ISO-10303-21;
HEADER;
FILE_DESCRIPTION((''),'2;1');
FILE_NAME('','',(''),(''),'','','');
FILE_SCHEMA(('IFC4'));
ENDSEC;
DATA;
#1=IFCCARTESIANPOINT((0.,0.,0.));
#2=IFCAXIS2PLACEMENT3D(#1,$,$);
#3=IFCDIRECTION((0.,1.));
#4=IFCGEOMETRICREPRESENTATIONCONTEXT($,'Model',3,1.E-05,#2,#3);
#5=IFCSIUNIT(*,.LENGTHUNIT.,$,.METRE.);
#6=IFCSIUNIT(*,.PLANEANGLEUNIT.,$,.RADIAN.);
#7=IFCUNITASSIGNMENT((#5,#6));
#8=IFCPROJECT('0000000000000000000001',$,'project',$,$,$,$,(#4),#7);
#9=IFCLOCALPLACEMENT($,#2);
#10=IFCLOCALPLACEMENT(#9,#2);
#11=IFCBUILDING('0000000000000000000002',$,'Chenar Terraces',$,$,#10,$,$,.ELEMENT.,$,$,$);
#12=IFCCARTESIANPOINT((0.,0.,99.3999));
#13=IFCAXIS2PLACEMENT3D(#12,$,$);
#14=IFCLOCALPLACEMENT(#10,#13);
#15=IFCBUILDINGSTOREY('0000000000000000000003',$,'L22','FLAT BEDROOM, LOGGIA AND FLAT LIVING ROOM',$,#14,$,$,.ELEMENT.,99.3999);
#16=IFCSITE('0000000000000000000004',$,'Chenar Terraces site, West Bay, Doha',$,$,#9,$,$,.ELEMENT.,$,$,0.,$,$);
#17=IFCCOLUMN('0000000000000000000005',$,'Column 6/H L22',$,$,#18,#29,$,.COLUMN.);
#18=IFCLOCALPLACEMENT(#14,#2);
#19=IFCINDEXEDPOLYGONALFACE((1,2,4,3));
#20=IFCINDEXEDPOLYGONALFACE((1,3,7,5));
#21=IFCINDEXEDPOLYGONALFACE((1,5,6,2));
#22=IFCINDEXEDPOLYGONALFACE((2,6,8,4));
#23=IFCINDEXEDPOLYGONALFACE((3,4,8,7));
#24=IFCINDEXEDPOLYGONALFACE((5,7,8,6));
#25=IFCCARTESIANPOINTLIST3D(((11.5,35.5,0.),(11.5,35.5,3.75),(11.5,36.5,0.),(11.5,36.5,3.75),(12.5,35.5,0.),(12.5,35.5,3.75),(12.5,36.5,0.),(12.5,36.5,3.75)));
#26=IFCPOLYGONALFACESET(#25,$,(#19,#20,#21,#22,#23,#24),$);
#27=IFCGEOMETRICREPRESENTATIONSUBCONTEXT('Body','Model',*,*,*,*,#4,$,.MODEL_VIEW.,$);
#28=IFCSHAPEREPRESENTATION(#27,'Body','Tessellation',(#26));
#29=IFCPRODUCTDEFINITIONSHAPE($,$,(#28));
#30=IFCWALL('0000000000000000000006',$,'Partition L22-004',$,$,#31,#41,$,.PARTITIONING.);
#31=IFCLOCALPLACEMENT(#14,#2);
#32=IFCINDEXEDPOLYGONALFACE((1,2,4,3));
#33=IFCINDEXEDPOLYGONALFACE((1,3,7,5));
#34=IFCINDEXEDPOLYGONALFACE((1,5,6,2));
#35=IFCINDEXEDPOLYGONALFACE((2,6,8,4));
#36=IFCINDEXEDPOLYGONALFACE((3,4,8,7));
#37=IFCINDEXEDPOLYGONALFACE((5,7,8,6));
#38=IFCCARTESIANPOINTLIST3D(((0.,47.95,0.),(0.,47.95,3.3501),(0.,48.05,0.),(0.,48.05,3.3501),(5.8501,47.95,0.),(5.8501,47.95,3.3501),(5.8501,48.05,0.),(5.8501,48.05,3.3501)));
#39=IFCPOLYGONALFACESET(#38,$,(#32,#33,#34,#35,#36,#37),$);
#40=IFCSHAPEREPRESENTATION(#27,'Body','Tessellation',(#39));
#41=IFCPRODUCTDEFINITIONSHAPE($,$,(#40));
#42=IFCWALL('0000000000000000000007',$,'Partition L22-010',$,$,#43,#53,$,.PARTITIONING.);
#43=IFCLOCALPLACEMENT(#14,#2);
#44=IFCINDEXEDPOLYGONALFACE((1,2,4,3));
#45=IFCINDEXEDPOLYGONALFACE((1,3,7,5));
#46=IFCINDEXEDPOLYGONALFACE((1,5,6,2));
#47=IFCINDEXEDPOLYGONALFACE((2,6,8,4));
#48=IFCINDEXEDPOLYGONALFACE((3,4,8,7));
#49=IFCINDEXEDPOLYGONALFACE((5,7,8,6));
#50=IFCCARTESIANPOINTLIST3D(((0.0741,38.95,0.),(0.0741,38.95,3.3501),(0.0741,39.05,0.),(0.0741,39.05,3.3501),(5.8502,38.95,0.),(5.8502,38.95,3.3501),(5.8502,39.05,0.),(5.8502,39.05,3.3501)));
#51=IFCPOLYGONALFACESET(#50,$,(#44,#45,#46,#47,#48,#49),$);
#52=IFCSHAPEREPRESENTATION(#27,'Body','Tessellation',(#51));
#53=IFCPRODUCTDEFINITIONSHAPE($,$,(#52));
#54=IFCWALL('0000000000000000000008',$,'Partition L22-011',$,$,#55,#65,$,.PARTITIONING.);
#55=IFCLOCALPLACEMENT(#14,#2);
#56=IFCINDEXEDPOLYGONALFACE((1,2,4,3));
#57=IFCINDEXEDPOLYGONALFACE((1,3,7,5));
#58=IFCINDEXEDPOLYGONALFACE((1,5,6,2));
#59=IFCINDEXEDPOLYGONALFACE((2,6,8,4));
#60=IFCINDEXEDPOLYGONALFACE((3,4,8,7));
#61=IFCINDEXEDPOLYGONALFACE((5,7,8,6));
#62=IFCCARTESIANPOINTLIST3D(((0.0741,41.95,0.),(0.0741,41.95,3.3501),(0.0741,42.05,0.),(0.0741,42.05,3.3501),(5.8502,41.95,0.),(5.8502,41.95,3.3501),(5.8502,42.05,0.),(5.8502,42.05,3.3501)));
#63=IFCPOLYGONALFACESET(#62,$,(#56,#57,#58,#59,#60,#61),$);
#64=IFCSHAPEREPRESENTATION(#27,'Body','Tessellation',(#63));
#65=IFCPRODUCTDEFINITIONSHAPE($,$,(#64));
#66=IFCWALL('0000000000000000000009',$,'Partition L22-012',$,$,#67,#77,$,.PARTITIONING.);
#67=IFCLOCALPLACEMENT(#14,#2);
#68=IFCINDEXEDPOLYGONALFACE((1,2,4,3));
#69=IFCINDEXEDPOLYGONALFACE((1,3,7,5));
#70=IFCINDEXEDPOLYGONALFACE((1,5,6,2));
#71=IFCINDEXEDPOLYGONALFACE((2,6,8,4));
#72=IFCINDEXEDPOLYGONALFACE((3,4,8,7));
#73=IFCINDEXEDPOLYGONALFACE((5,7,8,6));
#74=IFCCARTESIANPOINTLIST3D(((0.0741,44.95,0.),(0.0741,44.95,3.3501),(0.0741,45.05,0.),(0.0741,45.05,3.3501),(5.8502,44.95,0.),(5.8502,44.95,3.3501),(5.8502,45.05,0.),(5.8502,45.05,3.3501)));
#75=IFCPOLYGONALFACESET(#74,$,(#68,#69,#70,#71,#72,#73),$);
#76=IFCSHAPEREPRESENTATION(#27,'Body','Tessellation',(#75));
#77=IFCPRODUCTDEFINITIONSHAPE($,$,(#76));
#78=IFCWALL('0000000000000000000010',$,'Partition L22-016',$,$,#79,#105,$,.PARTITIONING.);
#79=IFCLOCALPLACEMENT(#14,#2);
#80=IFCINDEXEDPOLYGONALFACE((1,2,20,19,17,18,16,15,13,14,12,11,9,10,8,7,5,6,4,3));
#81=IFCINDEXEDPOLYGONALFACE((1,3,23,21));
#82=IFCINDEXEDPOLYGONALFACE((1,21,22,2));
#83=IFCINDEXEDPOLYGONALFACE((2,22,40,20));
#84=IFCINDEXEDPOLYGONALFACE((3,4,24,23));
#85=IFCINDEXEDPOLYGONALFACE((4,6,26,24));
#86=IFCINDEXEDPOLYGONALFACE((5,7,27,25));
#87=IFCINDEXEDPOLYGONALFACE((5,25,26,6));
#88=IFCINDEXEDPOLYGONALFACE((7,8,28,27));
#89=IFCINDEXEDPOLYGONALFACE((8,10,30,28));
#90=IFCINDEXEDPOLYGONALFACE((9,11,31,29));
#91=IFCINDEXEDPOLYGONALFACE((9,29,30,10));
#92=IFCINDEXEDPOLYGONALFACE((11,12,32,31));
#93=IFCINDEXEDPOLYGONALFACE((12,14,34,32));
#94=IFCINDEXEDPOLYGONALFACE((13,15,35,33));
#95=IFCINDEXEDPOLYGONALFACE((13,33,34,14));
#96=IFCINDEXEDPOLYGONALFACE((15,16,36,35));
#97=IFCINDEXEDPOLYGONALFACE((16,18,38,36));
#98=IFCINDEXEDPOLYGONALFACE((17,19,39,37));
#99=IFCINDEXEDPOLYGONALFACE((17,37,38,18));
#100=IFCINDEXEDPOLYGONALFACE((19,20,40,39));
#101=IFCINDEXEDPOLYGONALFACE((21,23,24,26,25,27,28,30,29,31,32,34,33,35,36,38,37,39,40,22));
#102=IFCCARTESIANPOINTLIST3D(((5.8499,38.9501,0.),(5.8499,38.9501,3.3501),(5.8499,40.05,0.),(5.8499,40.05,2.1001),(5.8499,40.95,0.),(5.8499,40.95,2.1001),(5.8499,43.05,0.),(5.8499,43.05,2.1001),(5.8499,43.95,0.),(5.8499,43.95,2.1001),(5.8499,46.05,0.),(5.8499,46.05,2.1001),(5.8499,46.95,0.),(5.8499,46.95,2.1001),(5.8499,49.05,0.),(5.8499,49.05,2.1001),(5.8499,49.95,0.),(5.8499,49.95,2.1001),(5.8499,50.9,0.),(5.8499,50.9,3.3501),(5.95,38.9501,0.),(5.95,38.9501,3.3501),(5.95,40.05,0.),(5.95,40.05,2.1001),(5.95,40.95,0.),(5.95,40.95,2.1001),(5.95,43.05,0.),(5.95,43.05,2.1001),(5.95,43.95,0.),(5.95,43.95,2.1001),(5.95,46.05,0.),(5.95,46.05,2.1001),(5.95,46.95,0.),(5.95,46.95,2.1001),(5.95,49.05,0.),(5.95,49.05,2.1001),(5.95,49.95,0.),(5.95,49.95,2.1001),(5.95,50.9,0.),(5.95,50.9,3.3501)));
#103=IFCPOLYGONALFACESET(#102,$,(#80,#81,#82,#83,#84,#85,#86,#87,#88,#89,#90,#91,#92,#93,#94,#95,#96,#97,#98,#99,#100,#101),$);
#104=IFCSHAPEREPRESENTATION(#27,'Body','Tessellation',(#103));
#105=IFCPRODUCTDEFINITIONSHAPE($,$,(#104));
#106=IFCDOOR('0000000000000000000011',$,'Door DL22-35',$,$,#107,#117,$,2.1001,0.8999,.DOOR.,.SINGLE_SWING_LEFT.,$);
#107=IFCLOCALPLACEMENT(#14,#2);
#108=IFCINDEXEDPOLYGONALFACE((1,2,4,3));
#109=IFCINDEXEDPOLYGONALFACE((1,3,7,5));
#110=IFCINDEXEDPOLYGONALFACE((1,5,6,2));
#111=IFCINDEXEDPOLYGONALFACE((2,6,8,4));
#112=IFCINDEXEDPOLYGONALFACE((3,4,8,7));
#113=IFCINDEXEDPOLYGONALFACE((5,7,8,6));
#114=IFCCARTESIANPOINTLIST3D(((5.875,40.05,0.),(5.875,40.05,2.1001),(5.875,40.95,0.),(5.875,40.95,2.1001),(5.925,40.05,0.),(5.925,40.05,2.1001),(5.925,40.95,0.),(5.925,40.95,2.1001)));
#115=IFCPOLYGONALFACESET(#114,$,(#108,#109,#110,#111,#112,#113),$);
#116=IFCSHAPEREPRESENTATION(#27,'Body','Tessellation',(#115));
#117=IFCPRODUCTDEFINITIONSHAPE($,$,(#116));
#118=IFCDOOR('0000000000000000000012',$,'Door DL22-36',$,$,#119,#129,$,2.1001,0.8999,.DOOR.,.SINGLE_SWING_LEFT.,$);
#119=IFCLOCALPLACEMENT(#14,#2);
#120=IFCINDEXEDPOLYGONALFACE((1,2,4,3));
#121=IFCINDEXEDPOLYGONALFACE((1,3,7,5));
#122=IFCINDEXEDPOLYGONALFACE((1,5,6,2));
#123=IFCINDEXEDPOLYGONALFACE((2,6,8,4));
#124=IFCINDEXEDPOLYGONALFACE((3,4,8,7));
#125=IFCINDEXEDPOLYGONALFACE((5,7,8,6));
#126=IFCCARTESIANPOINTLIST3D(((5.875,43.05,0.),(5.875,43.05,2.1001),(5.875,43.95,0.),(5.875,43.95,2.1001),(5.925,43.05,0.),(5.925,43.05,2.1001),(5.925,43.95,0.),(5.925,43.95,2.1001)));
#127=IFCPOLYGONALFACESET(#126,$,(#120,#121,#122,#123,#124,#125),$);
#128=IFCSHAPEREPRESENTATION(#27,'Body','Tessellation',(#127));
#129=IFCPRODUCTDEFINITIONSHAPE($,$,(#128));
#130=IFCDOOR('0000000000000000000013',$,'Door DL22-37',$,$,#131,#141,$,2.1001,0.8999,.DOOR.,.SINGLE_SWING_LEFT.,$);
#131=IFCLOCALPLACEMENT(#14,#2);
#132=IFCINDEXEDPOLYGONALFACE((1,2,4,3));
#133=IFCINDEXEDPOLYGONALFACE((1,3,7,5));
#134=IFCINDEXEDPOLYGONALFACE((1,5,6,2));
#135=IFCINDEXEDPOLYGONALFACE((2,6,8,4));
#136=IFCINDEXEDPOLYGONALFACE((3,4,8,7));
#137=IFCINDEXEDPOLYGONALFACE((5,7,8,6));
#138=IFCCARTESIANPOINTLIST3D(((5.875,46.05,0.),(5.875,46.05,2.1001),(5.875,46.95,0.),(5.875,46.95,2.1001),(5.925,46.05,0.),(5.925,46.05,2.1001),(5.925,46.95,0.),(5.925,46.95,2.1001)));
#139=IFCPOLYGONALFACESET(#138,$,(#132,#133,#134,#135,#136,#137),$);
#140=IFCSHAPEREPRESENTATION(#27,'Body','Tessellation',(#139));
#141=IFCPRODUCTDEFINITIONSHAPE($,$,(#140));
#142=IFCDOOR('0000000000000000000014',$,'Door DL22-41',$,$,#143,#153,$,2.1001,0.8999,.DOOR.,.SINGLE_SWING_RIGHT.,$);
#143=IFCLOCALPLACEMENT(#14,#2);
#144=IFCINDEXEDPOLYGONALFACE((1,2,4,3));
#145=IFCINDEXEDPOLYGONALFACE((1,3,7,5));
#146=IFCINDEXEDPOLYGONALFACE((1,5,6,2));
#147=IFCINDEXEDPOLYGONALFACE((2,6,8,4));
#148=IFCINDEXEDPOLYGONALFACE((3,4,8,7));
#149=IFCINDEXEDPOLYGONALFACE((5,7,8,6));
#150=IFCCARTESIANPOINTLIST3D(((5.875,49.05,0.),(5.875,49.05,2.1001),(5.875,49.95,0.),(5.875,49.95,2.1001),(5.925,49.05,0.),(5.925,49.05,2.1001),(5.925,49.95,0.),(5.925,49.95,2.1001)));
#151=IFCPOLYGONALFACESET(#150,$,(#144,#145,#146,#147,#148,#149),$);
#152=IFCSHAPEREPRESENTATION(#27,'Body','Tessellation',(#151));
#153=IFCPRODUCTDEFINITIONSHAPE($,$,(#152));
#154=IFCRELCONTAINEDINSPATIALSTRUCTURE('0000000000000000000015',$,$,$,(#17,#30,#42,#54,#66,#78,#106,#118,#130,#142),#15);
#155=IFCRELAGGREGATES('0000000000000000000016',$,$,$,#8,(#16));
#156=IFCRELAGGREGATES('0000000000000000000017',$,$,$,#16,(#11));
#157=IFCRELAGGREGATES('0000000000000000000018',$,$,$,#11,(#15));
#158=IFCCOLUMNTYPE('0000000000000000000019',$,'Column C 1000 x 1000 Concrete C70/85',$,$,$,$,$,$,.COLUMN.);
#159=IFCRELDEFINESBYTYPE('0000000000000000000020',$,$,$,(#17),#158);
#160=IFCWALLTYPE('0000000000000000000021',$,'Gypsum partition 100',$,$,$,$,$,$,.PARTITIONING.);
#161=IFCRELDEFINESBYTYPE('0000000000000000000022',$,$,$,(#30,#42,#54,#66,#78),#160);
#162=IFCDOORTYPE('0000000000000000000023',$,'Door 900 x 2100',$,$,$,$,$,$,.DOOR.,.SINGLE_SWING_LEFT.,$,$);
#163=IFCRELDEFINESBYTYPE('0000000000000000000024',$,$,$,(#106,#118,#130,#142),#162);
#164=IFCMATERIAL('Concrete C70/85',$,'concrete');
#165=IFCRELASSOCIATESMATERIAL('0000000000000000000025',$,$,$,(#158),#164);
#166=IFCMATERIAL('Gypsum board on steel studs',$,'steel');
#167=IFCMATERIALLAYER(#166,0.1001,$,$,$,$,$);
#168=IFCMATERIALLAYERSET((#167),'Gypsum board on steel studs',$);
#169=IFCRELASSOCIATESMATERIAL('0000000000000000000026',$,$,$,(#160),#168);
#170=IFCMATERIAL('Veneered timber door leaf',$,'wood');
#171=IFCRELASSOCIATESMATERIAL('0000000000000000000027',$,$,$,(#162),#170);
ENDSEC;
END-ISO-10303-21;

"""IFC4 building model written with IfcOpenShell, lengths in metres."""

from ifc_helpers import new_model, si_unit, direction, frame, frame_2d, origin, origin_2d, place, context, subcontext, project, spatial, rectangle, extrude, material, layer, layer_set, material_profile, profile_set, type_object, element, fill, save


model = new_model("IFC4")

# Units and contexts
model_context = context("Model", 3, precision=1e-05, world=origin(), true_north=direction((0.0, 1.0)))
body_context = subcontext(model_context, "Body", "Model", "MODEL_VIEW")
ifc_project = project(units=[si_unit("LENGTHUNIT", "METRE"), si_unit("PLANEANGLEUNIT", "RADIAN")], contexts=[model_context])

# Site, building, storey
site_placement = place(None, origin())
site = spatial("IfcSite", under=ifc_project, at=site_placement, Name="Chenar Terraces site, West Bay, Doha", CompositionType="ELEMENT", RefElevation=0.0)
building_placement = place(site_placement, origin())
building = spatial("IfcBuilding", under=site, at=building_placement, Name="Chenar Terraces", CompositionType="ELEMENT")
storey_placement = place(building_placement, frame((0.0, 0.0, 99.3999)))
storey = spatial("IfcBuildingStorey", under=building, at=storey_placement, Name="L22", Description="FLAT BEDROOM, LOGGIA AND FLAT LIVING ROOM", CompositionType="ELEMENT", Elevation=99.3999)

# Column
ifc_material_1 = material(Name="Concrete C70/85", Category="concrete")
ifc_material_profile = material_profile(ifc_material_1, rectangle(XDim=1.0, YDim=1.0, at=origin_2d()), Name="C 1000 x 1000")
ifc_profile_set = profile_set([ifc_material_profile], Name="Concrete C70/85")
column_type = type_object("IfcColumnType", Name="Column C 1000 x 1000 Concrete C70/85", PredefinedType="COLUMN", material=ifc_profile_set)
column_placement = place(storey_placement, frame((12.0, 36.0, 0.0), z_axis=(0.0, 0.0, 1.0), x_axis=(1.0, 0.0, 0.0)))
element("IfcColumn", 1, at=column_placement, inside=storey, type_object=column_type, Name="Column 6/H L22", PredefinedType="COLUMN", context=body_context, shape_type="SweptSolid", body=[
    extrude(rectangle(XDim=1.0, YDim=1.0, at=origin_2d()), origin(), (0.0, 0.0, 1.0), 3.75),
])

# Walls
ifc_material_2 = material(Name="Gypsum board on steel studs", Category="steel")
ifc_layer_1 = layer(ifc_material_2, 0.1001)
ifc_layer_set_1 = layer_set([ifc_layer_1], Name="Gypsum board on steel studs")
wall_type_1 = type_object("IfcWallType", Name="Gypsum partition 100", PredefinedType="PARTITIONING", material=ifc_layer_set_1)
wall_1_placement = place(storey_placement, frame((0.0, 48.0, 0.0), z_axis=(0.0, 0.0, 1.0), x_axis=(1.0, 0.0, 0.0)))
element("IfcWall", 2, at=wall_1_placement, inside=storey, type_object=wall_type_1, Name="Partition L22-004", PredefinedType="PARTITIONING", context=body_context, shape_type="SweptSolid", body=[
    extrude(rectangle(XDim=5.8501, YDim=0.1001, at=frame_2d((2.925, 0.0))), origin(), (0.0, 0.0, 1.0), 3.3501),
])
for number, where, z_axis, x_axis, name in (
    (3, (0.074, 39.0, 0.0), (0.0, 0.0, 1.0), (1.0, 0.0, 0.0), "Partition L22-010"),
    (4, (0.074, 42.0, 0.0), (0.0, 0.0, 1.0), (1.0, 0.0, 0.0), "Partition L22-011"),
    (5, (0.074, 45.0, 0.0), (0.0, 0.0, 1.0), (1.0, 0.0, 0.0), "Partition L22-012"),
):
    element("IfcWall", number, at=place(storey_placement, frame(where, z_axis=z_axis, x_axis=x_axis)), inside=storey, type_object=wall_type_1, Name=name, PredefinedType="PARTITIONING", context=body_context, shape_type="SweptSolid", body=[
        extrude(rectangle(XDim=5.7761, YDim=0.1001, at=frame_2d((2.8882, 0.0))), origin(), (0.0, 0.0, 1.0), 3.3501),
    ])

# Wall, openings, doors
wall_2_placement = place(storey_placement, frame((5.8999, 38.95, 0.0), z_axis=(0.0, 0.0, 1.0), x_axis=(0.0, 1.0, 0.0)))
wall_2 = element("IfcWall", 6, at=wall_2_placement, inside=storey, type_object=wall_type_1, Name="Partition L22-016", PredefinedType="PARTITIONING", context=body_context, shape_type="SweptSolid", body=[
    extrude(rectangle(XDim=11.95, YDim=0.1001, at=frame_2d((5.9751, 0.0))), origin(), (0.0, 0.0, 1.0), 3.3501),
])
opening_1_placement = place(wall_2_placement, frame((1.1001, 0.0, 0.0)))
opening_1 = element("IfcOpeningElement", 7, at=opening_1_placement, cuts=wall_2, PredefinedType="OPENING", context=body_context, shape_type="SweptSolid", body=[
    extrude(rectangle(XDim=0.8999, YDim=2.1001, at=frame_2d((0.45, 1.05))), frame((0.0, 0.0601, 0.0), z_axis=(0.0, -1.0, 0.0), x_axis=(1.0, 0.0, 0.0)), (0.0, 0.0, 1.0), 0.1201),
])
opening_2_placement = place(wall_2_placement, frame((4.1001, 0.0, 0.0)))
opening_2 = element("IfcOpeningElement", 8, at=opening_2_placement, cuts=wall_2, PredefinedType="OPENING", context=body_context, shape_type="SweptSolid", body=[
    extrude(rectangle(XDim=0.8999, YDim=2.1001, at=frame_2d((0.45, 1.05))), frame((0.0, 0.0601, 0.0), z_axis=(0.0, -1.0, 0.0), x_axis=(1.0, 0.0, 0.0)), (0.0, 0.0, 1.0), 0.1201),
])
opening_3_placement = place(wall_2_placement, frame((7.1001, 0.0, 0.0)))
opening_3 = element("IfcOpeningElement", 9, at=opening_3_placement, cuts=wall_2, PredefinedType="OPENING", context=body_context, shape_type="SweptSolid", body=[
    extrude(rectangle(XDim=0.8999, YDim=2.1001, at=frame_2d((0.45, 1.05))), frame((0.0, 0.0601, 0.0), z_axis=(0.0, -1.0, 0.0), x_axis=(1.0, 0.0, 0.0)), (0.0, 0.0, 1.0), 0.1201),
])
opening_4_placement = place(wall_2_placement, frame((10.1001, 0.0, 0.0)))
opening_4 = element("IfcOpeningElement", 10, at=opening_4_placement, cuts=wall_2, PredefinedType="OPENING", context=body_context, shape_type="SweptSolid", body=[
    extrude(rectangle(XDim=0.8999, YDim=2.1001, at=frame_2d((0.45, 1.05))), frame((0.0, 0.0601, 0.0), z_axis=(0.0, -1.0, 0.0), x_axis=(1.0, 0.0, 0.0)), (0.0, 0.0, 1.0), 0.1201),
])
ifc_material_3 = material(Name="Veneered timber door leaf", Category="wood")
door_type_1 = type_object("IfcDoorType", Name="Door 900 x 2100", OperationType="SINGLE_SWING_LEFT", PredefinedType="DOOR", material=ifc_material_3)
door_1_placement = place(opening_1_placement, origin())
door_1 = element("IfcDoor", 11, at=door_1_placement, inside=storey, type_object=door_type_1, Name="Door DL22-35", OperationType="SINGLE_SWING_LEFT", OverallHeight=2.1001, OverallWidth=0.8999, PredefinedType="DOOR", context=body_context, shape_type="SweptSolid", body=[
    extrude(rectangle(XDim=0.8999, YDim=2.1001, at=frame_2d((0.45, 1.05))), frame((0.0, 0.0249, 0.0), z_axis=(0.0, -1.0, 0.0), x_axis=(1.0, 0.0, 0.0)), (0.0, 0.0, 1.0), 0.05),
])
fill(opening_1, door_1)
door_2_placement = place(opening_2_placement, origin())
door_2 = element("IfcDoor", 12, at=door_2_placement, inside=storey, type_object=door_type_1, Name="Door DL22-36", OperationType="SINGLE_SWING_LEFT", OverallHeight=2.1001, OverallWidth=0.8999, PredefinedType="DOOR", context=body_context, shape_type="SweptSolid", body=[
    extrude(rectangle(XDim=0.8999, YDim=2.1001, at=frame_2d((0.45, 1.05))), frame((0.0, 0.0249, 0.0), z_axis=(0.0, -1.0, 0.0), x_axis=(1.0, 0.0, 0.0)), (0.0, 0.0, 1.0), 0.05),
])
fill(opening_2, door_2)
door_3_placement = place(opening_3_placement, origin())
door_3 = element("IfcDoor", 13, at=door_3_placement, inside=storey, type_object=door_type_1, Name="Door DL22-37", OperationType="SINGLE_SWING_LEFT", OverallHeight=2.1001, OverallWidth=0.8999, PredefinedType="DOOR", context=body_context, shape_type="SweptSolid", body=[
    extrude(rectangle(XDim=0.8999, YDim=2.1001, at=frame_2d((0.45, 1.05))), frame((0.0, 0.0249, 0.0), z_axis=(0.0, -1.0, 0.0), x_axis=(1.0, 0.0, 0.0)), (0.0, 0.0, 1.0), 0.05),
])
fill(opening_3, door_3)
door_4_placement = place(opening_4_placement, origin())
door_4 = element("IfcDoor", 14, at=door_4_placement, inside=storey, type_object=door_type_1, Name="Door DL22-41", OperationType="SINGLE_SWING_RIGHT", OverallHeight=2.1001, OverallWidth=0.8999, PredefinedType="DOOR", context=body_context, shape_type="SweptSolid", body=[
    extrude(rectangle(XDim=0.8999, YDim=2.1001, at=frame_2d((0.45, 1.05))), frame((0.0, 0.0249, 0.0), z_axis=(0.0, -1.0, 0.0), x_axis=(1.0, 0.0, 0.0)), (0.0, 0.0, 1.0), 0.05),
])
fill(opening_4, door_4)

save(model, "model.ifc")
